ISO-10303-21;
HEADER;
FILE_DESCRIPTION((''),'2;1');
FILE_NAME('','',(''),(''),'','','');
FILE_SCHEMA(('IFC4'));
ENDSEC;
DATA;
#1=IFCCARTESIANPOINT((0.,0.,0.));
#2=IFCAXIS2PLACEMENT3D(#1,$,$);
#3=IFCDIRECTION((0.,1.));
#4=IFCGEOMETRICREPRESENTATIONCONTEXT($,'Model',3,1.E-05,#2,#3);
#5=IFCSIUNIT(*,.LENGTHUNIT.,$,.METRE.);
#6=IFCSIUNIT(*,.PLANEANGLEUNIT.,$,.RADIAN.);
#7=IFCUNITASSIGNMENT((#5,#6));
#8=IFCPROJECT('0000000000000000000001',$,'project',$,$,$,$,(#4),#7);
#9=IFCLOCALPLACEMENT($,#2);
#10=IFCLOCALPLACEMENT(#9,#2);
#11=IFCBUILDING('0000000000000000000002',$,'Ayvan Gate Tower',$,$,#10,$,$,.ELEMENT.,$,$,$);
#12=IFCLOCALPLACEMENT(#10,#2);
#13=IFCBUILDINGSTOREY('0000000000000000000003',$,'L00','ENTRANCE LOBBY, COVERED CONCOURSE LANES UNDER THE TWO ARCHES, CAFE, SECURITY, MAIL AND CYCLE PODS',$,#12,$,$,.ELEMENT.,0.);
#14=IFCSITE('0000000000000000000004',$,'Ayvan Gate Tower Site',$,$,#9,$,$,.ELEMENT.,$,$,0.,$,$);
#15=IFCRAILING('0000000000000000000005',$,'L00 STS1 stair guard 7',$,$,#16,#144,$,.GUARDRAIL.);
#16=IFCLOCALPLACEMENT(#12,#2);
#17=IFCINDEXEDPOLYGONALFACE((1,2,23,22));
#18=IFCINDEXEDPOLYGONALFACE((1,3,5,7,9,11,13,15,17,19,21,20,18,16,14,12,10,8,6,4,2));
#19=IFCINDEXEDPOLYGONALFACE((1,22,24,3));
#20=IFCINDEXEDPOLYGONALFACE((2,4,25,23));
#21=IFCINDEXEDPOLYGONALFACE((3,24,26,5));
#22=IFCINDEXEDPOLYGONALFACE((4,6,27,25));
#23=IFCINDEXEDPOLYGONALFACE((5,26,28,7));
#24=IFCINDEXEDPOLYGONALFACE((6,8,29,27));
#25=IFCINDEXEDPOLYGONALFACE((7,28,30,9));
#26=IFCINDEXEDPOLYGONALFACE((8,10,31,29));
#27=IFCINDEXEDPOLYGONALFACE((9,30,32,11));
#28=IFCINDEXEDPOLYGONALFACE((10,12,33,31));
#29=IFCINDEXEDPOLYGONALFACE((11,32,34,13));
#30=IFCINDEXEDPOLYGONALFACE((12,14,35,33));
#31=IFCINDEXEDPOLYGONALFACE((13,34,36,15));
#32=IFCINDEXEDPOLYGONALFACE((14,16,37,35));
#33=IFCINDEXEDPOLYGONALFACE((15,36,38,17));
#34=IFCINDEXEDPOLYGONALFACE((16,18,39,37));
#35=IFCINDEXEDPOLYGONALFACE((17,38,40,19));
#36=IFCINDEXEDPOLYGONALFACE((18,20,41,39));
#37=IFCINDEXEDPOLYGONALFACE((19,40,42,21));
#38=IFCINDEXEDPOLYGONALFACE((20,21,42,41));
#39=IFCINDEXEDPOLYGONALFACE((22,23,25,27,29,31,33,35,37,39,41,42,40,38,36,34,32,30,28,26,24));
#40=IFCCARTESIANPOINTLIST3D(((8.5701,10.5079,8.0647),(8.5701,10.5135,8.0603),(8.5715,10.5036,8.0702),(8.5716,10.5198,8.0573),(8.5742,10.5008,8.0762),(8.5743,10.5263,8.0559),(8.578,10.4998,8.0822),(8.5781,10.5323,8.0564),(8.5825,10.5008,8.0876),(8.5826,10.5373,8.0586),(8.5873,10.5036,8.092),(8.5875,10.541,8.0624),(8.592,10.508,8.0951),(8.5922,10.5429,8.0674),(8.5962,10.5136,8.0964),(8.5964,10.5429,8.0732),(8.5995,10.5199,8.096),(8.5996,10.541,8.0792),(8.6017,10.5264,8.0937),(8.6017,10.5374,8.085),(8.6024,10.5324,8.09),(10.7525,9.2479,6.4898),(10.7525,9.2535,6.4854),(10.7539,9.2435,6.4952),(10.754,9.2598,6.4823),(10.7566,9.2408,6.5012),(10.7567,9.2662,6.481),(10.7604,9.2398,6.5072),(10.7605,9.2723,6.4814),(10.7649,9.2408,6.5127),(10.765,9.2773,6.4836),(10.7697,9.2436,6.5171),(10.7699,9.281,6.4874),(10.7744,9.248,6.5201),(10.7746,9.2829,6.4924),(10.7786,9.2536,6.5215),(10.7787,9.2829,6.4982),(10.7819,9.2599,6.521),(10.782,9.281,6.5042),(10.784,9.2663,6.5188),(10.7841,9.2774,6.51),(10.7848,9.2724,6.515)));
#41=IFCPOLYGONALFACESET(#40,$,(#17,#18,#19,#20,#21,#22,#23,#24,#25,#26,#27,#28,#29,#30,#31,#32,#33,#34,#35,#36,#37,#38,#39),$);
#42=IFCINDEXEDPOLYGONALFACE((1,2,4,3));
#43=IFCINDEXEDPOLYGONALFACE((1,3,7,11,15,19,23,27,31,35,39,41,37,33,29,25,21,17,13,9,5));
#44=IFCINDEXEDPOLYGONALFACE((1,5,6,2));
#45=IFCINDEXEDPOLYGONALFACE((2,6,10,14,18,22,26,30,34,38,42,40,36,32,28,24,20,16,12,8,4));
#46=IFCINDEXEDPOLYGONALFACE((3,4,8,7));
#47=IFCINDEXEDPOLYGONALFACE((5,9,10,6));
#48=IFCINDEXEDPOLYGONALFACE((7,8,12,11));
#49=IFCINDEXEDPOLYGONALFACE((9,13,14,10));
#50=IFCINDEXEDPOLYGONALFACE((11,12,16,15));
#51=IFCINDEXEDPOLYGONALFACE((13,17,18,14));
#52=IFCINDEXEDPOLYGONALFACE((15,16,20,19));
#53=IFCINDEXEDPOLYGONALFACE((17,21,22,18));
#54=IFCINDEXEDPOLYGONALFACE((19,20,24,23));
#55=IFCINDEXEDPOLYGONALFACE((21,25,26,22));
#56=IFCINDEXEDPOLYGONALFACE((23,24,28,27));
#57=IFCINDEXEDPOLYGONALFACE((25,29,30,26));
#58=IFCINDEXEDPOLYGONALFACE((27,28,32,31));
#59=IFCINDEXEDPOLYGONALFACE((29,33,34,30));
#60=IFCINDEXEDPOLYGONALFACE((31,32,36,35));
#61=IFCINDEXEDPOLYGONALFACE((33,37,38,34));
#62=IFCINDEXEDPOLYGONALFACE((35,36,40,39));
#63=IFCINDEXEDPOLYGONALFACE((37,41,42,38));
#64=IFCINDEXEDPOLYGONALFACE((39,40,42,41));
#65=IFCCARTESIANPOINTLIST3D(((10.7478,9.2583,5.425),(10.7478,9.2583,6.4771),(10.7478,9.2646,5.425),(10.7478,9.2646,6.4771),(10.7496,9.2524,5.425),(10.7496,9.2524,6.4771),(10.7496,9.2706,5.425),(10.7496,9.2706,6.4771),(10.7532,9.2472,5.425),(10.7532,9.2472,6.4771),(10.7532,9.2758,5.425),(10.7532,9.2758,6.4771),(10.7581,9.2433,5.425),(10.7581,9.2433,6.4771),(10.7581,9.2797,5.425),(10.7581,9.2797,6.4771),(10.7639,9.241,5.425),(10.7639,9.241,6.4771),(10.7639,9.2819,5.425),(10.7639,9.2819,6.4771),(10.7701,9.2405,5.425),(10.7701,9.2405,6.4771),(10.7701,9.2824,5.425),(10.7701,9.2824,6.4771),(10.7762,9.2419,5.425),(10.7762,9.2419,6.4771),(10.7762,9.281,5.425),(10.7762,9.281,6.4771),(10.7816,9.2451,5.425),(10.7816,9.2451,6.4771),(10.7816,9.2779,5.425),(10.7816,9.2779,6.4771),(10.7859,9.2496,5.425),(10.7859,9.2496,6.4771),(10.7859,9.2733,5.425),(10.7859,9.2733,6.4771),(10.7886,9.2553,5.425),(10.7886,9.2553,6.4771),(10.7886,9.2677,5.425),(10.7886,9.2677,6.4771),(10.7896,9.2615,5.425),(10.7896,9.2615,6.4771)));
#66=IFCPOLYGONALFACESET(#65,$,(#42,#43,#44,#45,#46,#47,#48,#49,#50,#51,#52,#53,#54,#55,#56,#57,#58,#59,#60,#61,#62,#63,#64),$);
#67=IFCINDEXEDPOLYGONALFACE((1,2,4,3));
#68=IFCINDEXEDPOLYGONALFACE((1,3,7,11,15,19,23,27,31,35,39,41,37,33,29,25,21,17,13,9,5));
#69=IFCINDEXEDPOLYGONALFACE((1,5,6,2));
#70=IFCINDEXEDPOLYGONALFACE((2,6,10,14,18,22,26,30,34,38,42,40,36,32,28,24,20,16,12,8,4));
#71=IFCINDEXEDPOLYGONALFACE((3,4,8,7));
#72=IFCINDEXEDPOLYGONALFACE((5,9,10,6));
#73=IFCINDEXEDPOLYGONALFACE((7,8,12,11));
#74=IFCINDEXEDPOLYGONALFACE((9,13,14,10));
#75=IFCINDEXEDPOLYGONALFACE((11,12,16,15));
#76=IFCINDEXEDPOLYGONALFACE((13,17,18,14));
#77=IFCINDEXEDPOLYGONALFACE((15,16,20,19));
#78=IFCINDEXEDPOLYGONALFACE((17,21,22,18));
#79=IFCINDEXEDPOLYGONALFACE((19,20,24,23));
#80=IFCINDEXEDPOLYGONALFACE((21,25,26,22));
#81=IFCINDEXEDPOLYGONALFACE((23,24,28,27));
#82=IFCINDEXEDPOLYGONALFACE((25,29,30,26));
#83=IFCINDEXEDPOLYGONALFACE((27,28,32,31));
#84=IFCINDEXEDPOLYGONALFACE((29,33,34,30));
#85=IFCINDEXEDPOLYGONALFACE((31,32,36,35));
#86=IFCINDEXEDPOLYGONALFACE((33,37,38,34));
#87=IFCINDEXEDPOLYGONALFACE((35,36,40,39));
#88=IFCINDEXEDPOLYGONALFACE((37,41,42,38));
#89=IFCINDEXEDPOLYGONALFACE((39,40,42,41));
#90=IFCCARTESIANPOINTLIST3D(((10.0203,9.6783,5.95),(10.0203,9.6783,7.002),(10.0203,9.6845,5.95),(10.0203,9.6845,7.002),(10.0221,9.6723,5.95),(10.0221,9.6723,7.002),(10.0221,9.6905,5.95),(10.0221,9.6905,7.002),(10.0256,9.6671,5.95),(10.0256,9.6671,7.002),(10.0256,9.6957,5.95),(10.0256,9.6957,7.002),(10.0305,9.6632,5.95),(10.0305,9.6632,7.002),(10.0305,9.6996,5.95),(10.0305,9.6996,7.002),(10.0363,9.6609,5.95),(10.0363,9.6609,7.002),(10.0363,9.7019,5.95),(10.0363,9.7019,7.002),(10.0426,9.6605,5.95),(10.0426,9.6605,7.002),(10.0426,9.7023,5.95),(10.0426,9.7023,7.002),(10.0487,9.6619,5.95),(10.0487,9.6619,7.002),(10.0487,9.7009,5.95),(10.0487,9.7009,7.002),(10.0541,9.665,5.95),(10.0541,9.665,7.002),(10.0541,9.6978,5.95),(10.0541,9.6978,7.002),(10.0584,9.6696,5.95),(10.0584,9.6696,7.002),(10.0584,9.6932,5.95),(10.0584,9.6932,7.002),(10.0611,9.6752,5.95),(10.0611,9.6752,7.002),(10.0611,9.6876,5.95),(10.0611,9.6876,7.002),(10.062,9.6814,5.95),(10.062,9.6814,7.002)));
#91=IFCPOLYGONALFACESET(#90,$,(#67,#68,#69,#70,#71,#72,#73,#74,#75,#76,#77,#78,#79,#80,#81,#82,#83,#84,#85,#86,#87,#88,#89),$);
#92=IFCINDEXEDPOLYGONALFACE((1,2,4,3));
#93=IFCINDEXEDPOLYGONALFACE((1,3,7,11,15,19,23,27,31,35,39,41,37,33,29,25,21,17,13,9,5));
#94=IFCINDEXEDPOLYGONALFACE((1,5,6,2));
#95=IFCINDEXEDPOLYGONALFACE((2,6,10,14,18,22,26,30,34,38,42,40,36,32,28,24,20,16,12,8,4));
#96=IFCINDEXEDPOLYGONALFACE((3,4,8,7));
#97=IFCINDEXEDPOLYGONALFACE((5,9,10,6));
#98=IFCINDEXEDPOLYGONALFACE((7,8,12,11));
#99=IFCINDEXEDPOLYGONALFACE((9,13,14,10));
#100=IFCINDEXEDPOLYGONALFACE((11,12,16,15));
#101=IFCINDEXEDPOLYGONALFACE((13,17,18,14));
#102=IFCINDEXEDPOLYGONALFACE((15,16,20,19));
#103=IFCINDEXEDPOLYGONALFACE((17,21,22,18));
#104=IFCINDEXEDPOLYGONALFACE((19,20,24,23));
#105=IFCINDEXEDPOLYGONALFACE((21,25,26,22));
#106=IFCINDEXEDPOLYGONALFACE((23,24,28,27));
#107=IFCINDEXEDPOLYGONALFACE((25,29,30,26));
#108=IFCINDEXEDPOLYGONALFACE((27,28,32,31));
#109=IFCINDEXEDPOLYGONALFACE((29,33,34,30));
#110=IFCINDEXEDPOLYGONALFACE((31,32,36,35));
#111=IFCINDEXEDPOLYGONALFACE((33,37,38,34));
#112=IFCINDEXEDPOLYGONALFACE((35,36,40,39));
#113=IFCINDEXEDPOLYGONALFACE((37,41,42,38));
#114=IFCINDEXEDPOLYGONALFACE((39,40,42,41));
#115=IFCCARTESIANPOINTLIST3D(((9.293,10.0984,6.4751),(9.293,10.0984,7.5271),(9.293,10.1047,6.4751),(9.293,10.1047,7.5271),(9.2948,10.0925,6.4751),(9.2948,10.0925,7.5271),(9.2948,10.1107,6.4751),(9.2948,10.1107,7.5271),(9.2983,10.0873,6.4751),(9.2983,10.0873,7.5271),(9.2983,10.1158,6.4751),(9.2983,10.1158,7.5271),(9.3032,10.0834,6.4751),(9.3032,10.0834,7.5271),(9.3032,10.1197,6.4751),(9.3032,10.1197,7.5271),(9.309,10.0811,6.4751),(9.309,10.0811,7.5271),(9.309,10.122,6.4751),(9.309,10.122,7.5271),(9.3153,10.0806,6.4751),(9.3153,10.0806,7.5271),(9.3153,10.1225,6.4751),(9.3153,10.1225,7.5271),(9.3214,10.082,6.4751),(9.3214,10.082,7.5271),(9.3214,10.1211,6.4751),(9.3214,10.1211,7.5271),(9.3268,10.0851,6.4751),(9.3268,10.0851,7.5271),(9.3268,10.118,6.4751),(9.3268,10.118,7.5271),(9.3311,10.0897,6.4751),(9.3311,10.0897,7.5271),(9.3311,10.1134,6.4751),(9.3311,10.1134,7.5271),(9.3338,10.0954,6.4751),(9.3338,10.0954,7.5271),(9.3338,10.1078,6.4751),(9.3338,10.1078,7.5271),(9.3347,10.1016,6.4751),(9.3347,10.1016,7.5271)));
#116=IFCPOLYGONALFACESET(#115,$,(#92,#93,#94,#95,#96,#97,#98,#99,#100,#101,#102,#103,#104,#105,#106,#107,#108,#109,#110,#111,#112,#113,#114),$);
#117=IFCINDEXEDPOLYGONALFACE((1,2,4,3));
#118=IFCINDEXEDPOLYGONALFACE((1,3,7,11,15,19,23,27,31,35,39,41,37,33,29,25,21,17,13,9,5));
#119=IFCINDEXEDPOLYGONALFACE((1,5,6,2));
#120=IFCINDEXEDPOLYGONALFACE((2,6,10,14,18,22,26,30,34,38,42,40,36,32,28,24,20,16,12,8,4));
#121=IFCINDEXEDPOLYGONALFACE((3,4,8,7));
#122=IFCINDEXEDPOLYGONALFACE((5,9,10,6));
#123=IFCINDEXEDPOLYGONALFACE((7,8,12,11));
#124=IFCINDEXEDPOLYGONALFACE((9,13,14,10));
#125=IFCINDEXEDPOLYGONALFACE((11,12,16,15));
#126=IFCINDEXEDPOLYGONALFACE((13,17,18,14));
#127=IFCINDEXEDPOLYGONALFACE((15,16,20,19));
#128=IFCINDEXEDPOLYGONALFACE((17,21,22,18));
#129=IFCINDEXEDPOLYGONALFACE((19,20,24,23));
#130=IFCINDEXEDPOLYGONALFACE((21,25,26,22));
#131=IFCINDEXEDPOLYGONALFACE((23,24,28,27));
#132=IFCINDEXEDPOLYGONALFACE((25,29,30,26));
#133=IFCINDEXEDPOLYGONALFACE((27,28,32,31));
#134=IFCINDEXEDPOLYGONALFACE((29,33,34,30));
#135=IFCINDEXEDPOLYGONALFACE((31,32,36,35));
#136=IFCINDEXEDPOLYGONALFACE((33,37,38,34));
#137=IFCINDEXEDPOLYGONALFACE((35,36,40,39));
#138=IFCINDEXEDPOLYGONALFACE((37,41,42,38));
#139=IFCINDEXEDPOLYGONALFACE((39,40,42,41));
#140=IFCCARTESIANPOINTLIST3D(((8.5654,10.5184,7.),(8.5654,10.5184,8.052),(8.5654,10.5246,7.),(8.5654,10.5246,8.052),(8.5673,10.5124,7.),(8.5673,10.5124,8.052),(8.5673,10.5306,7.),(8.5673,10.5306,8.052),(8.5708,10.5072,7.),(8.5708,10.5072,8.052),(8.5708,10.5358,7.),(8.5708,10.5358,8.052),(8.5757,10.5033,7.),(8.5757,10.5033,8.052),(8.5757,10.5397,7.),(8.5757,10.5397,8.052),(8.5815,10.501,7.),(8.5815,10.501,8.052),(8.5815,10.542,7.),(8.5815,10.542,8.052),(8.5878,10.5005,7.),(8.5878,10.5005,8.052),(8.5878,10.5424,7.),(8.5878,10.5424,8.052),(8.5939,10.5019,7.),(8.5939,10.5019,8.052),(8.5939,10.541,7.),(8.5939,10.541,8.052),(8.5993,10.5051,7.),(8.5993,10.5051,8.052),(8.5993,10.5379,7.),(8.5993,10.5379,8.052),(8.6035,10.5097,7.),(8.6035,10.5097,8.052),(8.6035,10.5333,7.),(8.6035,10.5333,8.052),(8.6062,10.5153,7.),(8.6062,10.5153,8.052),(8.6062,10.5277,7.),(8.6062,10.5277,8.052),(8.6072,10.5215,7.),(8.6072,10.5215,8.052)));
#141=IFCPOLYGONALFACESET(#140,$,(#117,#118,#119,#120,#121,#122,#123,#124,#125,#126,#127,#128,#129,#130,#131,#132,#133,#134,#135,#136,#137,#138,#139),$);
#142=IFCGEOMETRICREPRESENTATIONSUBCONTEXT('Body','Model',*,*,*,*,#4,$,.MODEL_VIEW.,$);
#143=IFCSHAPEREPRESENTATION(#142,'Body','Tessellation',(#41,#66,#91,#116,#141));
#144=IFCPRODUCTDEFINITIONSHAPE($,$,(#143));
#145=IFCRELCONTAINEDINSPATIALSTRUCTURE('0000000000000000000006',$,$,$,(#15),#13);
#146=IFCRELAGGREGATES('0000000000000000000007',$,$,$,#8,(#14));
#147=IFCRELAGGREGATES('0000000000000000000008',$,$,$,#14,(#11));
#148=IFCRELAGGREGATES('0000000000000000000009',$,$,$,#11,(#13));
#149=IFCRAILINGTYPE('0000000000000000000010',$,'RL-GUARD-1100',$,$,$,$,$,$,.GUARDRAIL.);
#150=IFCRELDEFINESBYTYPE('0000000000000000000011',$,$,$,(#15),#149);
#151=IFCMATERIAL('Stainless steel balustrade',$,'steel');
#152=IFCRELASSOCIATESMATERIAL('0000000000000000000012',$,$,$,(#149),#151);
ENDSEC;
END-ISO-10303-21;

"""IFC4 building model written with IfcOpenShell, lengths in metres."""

from ifc_helpers import new_model, si_unit, direction, frame, origin, origin_2d, place, context, subcontext, project, spatial, circle, extrude, material, type_object, element, save


model = new_model("IFC4")

# Units and contexts
model_context = context("Model", 3, precision=1e-05, world=origin(), true_north=direction((0.0, 1.0)))
body_context = subcontext(model_context, "Body", "Model", "MODEL_VIEW")
ifc_project = project(units=[si_unit("LENGTHUNIT", "METRE"), si_unit("PLANEANGLEUNIT", "RADIAN")], contexts=[model_context])

# Site, building, storey
site_placement = place(None, origin())
site = spatial("IfcSite", under=ifc_project, at=site_placement, Name="Ayvan Gate Tower Site", CompositionType="ELEMENT", RefElevation=0.0)
building_placement = place(site_placement, origin())
building = spatial("IfcBuilding", under=site, at=building_placement, Name="Ayvan Gate Tower", CompositionType="ELEMENT")
storey_placement = place(building_placement, origin())
storey = spatial("IfcBuildingStorey", under=building, at=storey_placement, Name="L00", Description="ENTRANCE LOBBY, COVERED CONCOURSE LANES UNDER THE TWO ARCHES, CAFE, SECURITY, MAIL AND CYCLE PODS", CompositionType="ELEMENT", Elevation=0.0)

# Railing
ifc_material_1 = material(Name="Stainless steel balustrade", Category="steel")
railing_type_1 = type_object("IfcRailingType", Name="RL-GUARD-1100", PredefinedType="GUARDRAIL", material=ifc_material_1)
railing_1_placement = place(storey_placement, frame((10.7686, 9.2615, 5.425)))
element("IfcRailing", 1, at=railing_1_placement, inside=storey, type_object=railing_type_1, Name="L00 STS1 stair guard 7", PredefinedType="GUARDRAIL", context=body_context, shape_type="SweptSolid", body=[
    extrude(circle(Radius=0.0239, at=origin_2d()), frame((0.0, 0.0, 1.0762), z_axis=(-0.734392, 0.424007, 0.529988), x_axis=(-0.500005, -0.866023, 0.0)), (0.0, 0.0, 1.0), 2.9717),
    extrude(circle(Radius=0.021, at=origin_2d()), origin(), (0.0, 0.0, 1.0), 1.052),
    extrude(circle(Radius=0.021, at=origin_2d()), frame((-0.7275, 0.4199, 0.5249)), (0.0, 0.0, 1.0), 1.052),
    extrude(circle(Radius=0.021, at=origin_2d()), frame((-1.4548, 0.8401, 1.05)), (0.0, 0.0, 1.0), 1.052),
    extrude(circle(Radius=0.021, at=origin_2d()), frame((-2.1824, 1.26, 1.575)), (0.0, 0.0, 1.0), 1.052),
])

save(model, "model.ifc")
